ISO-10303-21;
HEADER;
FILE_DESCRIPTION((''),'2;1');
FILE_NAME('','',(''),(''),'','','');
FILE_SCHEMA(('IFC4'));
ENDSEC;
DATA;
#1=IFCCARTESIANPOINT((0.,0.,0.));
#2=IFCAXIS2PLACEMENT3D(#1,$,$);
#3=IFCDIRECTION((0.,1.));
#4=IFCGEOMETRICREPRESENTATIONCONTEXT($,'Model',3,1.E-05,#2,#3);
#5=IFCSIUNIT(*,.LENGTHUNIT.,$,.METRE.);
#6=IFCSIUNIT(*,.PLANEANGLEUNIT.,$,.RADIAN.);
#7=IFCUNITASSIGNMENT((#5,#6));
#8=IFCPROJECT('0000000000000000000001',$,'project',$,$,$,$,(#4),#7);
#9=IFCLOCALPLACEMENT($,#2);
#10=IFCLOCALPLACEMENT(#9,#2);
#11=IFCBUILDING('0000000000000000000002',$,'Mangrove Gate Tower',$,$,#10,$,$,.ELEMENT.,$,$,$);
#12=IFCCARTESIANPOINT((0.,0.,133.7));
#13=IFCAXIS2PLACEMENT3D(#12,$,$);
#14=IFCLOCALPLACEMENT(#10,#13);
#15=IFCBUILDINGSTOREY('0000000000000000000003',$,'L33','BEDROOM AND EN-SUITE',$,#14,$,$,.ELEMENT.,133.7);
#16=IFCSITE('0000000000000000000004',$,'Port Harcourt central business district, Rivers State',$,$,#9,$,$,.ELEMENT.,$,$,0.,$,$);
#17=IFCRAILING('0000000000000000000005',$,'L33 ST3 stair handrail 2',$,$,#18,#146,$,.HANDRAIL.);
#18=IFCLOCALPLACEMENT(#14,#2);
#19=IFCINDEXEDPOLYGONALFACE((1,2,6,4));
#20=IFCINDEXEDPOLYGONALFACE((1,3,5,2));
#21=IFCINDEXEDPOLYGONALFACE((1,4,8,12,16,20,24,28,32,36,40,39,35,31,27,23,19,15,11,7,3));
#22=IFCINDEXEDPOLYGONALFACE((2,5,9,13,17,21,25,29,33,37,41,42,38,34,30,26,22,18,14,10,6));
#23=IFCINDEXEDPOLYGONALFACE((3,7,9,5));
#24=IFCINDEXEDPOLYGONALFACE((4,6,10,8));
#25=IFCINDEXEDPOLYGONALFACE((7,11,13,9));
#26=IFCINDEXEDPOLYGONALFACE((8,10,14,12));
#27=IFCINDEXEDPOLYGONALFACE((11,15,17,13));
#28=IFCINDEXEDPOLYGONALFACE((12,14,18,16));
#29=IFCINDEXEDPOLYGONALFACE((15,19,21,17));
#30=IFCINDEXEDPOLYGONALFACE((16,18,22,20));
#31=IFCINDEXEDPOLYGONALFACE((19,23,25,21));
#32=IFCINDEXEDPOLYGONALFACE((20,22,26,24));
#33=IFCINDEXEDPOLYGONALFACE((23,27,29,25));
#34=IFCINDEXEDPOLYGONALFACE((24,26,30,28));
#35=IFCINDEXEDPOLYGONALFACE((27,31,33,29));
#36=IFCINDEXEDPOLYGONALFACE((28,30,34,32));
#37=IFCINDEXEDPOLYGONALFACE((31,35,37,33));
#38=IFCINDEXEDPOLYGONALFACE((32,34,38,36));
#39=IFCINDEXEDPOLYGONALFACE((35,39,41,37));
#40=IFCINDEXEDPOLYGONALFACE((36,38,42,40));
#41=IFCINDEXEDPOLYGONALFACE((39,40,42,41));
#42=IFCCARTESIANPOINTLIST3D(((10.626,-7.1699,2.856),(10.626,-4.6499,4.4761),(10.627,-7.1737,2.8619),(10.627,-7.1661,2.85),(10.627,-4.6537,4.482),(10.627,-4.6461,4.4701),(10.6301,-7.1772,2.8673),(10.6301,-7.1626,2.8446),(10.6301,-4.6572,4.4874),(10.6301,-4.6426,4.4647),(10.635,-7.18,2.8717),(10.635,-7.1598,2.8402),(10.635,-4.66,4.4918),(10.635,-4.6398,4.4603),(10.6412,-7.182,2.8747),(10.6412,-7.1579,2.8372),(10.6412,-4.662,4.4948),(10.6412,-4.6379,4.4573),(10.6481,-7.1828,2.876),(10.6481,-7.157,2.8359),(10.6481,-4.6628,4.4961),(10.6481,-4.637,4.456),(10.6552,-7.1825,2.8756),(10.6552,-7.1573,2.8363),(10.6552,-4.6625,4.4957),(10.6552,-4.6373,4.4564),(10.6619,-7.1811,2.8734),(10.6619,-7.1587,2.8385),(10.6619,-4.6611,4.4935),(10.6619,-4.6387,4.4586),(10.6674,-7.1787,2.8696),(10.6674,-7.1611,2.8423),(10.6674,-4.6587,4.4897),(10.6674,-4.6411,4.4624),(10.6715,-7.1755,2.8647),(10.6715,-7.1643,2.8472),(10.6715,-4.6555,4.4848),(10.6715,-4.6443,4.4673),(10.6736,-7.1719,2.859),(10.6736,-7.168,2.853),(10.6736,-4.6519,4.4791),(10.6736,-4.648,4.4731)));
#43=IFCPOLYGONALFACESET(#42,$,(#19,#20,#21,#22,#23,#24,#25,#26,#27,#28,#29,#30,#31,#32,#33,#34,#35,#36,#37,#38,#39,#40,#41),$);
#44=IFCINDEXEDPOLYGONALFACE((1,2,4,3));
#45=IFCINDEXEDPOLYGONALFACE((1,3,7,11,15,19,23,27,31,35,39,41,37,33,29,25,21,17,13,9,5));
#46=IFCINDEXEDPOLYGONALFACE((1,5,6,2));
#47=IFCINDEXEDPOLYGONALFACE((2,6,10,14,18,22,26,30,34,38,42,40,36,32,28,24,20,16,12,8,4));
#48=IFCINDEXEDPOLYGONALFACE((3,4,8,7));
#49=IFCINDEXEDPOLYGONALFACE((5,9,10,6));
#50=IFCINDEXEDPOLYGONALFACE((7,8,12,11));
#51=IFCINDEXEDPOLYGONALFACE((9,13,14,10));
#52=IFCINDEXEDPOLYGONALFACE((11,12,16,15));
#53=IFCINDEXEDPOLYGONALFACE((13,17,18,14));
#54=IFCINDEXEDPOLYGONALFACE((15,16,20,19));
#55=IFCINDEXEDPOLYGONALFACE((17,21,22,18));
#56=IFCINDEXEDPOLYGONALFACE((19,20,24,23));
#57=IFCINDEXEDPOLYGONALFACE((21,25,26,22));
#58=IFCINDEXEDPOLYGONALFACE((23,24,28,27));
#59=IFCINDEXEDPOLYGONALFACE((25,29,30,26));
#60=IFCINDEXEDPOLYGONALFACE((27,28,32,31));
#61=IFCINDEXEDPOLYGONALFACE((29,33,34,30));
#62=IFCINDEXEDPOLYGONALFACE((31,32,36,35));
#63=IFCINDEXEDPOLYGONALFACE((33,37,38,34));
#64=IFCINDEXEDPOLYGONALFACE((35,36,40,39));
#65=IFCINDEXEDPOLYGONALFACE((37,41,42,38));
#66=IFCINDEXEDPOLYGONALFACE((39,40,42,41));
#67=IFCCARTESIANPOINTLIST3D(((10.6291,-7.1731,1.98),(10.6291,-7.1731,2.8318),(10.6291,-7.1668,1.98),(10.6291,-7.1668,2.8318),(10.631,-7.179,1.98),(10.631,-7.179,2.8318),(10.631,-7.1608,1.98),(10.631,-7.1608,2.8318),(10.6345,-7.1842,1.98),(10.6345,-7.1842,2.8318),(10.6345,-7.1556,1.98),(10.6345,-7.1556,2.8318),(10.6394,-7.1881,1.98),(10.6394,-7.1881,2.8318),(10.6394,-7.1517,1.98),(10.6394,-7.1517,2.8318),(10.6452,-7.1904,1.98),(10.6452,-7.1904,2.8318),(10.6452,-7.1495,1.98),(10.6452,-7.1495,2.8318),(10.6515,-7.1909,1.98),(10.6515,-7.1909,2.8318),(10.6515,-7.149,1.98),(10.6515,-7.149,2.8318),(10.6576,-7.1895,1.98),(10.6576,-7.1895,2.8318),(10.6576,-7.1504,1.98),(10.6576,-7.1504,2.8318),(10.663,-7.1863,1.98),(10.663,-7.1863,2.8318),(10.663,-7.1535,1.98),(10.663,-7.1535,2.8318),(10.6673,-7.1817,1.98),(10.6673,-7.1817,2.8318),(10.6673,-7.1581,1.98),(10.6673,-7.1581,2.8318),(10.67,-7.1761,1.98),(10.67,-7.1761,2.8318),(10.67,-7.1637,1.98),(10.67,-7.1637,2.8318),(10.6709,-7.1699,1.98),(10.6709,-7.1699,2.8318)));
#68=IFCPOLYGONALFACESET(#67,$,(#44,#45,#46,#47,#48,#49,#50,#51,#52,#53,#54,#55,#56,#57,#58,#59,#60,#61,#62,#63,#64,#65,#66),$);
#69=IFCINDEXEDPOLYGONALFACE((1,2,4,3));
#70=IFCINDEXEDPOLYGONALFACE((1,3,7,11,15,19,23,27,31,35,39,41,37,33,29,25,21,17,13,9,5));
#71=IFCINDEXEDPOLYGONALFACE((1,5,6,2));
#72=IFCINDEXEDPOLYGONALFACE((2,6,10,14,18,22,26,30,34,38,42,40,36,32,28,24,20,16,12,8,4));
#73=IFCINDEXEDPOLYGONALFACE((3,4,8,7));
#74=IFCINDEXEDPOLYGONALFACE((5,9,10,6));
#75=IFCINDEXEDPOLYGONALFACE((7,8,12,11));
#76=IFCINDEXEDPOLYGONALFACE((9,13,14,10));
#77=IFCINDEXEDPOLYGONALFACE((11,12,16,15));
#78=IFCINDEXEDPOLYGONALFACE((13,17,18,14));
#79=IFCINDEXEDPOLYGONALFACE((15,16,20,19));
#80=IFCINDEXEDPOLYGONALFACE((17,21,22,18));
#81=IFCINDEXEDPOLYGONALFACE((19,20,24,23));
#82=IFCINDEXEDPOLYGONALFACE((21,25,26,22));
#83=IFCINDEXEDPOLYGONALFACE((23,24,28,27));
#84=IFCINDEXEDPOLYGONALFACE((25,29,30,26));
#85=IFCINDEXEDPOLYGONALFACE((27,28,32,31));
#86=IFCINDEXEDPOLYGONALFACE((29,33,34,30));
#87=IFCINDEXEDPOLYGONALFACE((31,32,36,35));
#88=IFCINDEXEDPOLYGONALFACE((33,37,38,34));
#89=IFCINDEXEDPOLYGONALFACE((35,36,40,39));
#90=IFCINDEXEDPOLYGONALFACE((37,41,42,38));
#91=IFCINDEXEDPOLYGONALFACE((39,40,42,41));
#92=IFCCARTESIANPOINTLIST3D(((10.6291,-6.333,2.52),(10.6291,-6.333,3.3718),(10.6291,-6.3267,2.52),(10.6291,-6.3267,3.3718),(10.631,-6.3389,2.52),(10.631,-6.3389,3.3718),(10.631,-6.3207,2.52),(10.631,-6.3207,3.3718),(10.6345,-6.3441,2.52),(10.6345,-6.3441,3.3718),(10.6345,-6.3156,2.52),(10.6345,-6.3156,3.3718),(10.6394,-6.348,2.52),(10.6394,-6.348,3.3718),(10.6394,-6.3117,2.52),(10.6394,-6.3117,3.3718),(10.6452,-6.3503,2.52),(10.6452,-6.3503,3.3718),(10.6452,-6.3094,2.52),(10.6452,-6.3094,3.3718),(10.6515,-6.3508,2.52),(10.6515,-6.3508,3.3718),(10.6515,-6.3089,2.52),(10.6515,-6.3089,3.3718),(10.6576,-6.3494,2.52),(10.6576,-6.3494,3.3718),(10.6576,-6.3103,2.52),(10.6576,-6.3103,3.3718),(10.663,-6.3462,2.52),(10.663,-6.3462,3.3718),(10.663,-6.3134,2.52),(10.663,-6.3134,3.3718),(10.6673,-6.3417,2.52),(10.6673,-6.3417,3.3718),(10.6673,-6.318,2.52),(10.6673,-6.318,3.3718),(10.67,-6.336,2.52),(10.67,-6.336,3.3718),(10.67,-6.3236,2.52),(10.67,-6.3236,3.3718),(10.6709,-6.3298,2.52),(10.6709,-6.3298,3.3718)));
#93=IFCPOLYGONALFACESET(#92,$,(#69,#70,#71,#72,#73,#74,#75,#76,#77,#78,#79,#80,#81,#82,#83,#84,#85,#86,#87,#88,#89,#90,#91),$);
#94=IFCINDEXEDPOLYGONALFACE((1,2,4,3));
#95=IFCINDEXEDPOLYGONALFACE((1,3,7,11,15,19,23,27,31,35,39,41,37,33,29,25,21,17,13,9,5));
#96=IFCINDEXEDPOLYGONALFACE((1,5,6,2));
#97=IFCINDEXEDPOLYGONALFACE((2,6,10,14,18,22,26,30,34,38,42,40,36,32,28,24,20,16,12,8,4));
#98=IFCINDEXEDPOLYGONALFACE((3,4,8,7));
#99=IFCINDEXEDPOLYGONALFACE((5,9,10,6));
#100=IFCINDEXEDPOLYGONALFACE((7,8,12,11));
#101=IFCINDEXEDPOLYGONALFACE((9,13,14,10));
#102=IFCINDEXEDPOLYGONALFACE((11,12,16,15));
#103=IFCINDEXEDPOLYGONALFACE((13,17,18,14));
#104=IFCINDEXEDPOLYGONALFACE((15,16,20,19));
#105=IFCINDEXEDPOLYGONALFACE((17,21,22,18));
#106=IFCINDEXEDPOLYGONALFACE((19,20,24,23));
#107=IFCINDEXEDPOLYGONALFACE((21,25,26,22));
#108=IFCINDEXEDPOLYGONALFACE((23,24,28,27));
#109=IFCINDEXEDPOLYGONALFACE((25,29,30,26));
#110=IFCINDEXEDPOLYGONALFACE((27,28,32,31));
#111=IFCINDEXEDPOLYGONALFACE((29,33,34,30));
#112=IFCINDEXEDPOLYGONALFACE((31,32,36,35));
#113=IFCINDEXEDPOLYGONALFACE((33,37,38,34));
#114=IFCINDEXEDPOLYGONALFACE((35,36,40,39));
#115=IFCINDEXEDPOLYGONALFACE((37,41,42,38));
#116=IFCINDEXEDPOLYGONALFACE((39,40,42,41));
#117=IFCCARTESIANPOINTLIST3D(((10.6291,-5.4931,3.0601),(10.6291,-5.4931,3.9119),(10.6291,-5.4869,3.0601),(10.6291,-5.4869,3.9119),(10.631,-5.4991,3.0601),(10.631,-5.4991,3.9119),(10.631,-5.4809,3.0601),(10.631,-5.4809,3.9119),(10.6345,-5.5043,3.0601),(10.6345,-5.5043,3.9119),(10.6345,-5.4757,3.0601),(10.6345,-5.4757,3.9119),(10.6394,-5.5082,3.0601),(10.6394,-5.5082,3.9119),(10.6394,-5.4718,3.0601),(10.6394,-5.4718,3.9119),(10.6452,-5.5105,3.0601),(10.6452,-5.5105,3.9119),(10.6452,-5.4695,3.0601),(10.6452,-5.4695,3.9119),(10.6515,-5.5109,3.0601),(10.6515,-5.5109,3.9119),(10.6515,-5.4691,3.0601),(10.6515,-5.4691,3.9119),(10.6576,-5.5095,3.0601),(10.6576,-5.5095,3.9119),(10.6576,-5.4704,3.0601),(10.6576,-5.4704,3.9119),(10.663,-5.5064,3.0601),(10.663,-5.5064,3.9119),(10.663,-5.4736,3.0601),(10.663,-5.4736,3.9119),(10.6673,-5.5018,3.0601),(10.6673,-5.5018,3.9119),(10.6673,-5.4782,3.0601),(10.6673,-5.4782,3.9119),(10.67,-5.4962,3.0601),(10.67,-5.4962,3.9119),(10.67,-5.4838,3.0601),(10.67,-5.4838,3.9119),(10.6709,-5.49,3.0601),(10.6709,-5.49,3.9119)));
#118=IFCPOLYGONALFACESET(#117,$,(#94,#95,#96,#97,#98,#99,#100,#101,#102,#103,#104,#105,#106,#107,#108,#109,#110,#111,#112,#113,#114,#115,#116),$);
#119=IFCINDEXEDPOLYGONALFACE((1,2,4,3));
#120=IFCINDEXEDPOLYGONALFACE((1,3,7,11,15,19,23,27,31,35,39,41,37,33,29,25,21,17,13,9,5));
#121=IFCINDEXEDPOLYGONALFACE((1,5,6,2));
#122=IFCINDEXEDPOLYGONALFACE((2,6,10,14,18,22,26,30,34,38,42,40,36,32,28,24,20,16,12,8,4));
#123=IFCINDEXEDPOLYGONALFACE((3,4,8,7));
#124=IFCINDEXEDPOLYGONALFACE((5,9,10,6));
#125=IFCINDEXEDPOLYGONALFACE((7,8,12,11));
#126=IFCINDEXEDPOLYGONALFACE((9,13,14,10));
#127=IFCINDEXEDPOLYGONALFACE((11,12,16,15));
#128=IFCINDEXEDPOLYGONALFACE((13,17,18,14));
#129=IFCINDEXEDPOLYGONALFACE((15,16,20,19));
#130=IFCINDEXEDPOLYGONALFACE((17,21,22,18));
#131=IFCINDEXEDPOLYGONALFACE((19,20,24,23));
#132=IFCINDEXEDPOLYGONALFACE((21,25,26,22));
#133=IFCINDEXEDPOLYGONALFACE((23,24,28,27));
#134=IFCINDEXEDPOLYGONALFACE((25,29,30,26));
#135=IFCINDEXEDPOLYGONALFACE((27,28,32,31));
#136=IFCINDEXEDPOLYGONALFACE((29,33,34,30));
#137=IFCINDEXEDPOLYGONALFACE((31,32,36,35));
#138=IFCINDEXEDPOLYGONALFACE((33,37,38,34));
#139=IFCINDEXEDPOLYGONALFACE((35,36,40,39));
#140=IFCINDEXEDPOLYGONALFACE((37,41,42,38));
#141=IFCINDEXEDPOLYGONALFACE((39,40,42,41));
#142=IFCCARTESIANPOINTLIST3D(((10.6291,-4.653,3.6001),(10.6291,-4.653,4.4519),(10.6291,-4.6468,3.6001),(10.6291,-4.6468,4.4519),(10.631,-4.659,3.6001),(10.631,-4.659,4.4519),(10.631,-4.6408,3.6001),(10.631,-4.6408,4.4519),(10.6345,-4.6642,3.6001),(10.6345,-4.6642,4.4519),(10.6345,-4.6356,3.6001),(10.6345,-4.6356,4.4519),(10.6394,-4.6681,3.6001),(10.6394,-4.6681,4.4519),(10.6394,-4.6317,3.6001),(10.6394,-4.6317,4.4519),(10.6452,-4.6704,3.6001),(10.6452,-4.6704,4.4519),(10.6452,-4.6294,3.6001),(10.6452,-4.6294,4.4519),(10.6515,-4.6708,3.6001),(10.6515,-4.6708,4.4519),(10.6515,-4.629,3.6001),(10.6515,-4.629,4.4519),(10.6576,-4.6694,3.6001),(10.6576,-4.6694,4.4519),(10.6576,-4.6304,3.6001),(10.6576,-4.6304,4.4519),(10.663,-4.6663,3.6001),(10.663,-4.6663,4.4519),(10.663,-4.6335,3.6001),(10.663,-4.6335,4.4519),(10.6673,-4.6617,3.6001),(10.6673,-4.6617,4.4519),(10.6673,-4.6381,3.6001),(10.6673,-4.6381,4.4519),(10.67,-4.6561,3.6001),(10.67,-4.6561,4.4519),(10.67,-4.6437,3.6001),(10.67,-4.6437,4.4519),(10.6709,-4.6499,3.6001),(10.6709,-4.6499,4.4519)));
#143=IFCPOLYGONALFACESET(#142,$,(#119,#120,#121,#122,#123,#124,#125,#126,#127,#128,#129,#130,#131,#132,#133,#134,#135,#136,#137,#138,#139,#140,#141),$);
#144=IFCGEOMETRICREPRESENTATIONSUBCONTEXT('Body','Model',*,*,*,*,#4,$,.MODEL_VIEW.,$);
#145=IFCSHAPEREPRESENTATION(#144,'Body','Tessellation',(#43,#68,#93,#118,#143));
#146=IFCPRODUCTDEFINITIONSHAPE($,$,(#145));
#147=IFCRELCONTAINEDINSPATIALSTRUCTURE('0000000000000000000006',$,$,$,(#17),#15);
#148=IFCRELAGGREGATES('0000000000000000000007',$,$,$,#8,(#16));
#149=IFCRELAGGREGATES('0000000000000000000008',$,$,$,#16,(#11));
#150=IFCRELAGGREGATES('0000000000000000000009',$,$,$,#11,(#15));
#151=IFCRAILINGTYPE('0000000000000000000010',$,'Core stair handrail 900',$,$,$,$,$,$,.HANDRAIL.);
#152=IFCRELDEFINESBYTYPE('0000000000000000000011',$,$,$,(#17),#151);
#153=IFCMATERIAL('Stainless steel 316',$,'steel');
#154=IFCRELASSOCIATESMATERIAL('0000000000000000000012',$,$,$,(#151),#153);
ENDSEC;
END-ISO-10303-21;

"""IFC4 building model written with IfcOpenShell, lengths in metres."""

from ifc_helpers import new_model, si_unit, direction, frame, origin, origin_2d, place, context, subcontext, project, spatial, circle, extrude, material, type_object, element, save


model = new_model("IFC4")

# Units and contexts
model_context = context("Model", 3, precision=1e-05, world=origin(), true_north=direction((0.0, 1.0)))
body_context = subcontext(model_context, "Body", "Model", "MODEL_VIEW")
ifc_project = project(units=[si_unit("LENGTHUNIT", "METRE"), si_unit("PLANEANGLEUNIT", "RADIAN")], contexts=[model_context])

# Site, building, storey
site_placement = place(None, origin())
site = spatial("IfcSite", under=ifc_project, at=site_placement, Name="Port Harcourt central business district, Rivers State", CompositionType="ELEMENT", RefElevation=0.0)
building_placement = place(site_placement, origin())
building = spatial("IfcBuilding", under=site, at=building_placement, Name="Mangrove Gate Tower", CompositionType="ELEMENT")
storey_placement = place(building_placement, frame((0.0, 0.0, 133.7)))
storey = spatial("IfcBuildingStorey", under=building, at=storey_placement, Name="L33", Description="BEDROOM AND EN-SUITE", CompositionType="ELEMENT", Elevation=133.7)

# Railing
ifc_material_1 = material(Name="Stainless steel 316", Category="steel")
railing_type_1 = type_object("IfcRailingType", Name="Core stair handrail 900", PredefinedType="HANDRAIL", material=ifc_material_1)
railing_1_placement = place(storey_placement, frame((10.6499, -7.1699, 1.98)))
element("IfcRailing", 1, at=railing_1_placement, inside=storey, type_object=railing_type_1, Name="L33 ST3 stair handrail 2", PredefinedType="HANDRAIL", context=body_context, shape_type="SweptSolid", body=[
    extrude(circle(Radius=0.0239, at=origin_2d()), frame((0.0, 0.0, 0.876), z_axis=(0.0, 0.841163, 0.540782), x_axis=(-1.0, 0.0, 0.0)), (0.0, 0.0, 1.0), 2.9958),
    extrude(circle(Radius=0.021, at=origin_2d()), origin(), (0.0, 0.0, 1.0), 0.8518),
    extrude(circle(Radius=0.021, at=origin_2d()), frame((0.0, 0.8401, 0.54)), (0.0, 0.0, 1.0), 0.8518),
    extrude(circle(Radius=0.021, at=origin_2d()), frame((0.0, 1.6799, 1.0801)), (0.0, 0.0, 1.0), 0.8518),
    extrude(circle(Radius=0.021, at=origin_2d()), frame((0.0, 2.52, 1.6201)), (0.0, 0.0, 1.0), 0.8518),
])

save(model, "model.ifc")
